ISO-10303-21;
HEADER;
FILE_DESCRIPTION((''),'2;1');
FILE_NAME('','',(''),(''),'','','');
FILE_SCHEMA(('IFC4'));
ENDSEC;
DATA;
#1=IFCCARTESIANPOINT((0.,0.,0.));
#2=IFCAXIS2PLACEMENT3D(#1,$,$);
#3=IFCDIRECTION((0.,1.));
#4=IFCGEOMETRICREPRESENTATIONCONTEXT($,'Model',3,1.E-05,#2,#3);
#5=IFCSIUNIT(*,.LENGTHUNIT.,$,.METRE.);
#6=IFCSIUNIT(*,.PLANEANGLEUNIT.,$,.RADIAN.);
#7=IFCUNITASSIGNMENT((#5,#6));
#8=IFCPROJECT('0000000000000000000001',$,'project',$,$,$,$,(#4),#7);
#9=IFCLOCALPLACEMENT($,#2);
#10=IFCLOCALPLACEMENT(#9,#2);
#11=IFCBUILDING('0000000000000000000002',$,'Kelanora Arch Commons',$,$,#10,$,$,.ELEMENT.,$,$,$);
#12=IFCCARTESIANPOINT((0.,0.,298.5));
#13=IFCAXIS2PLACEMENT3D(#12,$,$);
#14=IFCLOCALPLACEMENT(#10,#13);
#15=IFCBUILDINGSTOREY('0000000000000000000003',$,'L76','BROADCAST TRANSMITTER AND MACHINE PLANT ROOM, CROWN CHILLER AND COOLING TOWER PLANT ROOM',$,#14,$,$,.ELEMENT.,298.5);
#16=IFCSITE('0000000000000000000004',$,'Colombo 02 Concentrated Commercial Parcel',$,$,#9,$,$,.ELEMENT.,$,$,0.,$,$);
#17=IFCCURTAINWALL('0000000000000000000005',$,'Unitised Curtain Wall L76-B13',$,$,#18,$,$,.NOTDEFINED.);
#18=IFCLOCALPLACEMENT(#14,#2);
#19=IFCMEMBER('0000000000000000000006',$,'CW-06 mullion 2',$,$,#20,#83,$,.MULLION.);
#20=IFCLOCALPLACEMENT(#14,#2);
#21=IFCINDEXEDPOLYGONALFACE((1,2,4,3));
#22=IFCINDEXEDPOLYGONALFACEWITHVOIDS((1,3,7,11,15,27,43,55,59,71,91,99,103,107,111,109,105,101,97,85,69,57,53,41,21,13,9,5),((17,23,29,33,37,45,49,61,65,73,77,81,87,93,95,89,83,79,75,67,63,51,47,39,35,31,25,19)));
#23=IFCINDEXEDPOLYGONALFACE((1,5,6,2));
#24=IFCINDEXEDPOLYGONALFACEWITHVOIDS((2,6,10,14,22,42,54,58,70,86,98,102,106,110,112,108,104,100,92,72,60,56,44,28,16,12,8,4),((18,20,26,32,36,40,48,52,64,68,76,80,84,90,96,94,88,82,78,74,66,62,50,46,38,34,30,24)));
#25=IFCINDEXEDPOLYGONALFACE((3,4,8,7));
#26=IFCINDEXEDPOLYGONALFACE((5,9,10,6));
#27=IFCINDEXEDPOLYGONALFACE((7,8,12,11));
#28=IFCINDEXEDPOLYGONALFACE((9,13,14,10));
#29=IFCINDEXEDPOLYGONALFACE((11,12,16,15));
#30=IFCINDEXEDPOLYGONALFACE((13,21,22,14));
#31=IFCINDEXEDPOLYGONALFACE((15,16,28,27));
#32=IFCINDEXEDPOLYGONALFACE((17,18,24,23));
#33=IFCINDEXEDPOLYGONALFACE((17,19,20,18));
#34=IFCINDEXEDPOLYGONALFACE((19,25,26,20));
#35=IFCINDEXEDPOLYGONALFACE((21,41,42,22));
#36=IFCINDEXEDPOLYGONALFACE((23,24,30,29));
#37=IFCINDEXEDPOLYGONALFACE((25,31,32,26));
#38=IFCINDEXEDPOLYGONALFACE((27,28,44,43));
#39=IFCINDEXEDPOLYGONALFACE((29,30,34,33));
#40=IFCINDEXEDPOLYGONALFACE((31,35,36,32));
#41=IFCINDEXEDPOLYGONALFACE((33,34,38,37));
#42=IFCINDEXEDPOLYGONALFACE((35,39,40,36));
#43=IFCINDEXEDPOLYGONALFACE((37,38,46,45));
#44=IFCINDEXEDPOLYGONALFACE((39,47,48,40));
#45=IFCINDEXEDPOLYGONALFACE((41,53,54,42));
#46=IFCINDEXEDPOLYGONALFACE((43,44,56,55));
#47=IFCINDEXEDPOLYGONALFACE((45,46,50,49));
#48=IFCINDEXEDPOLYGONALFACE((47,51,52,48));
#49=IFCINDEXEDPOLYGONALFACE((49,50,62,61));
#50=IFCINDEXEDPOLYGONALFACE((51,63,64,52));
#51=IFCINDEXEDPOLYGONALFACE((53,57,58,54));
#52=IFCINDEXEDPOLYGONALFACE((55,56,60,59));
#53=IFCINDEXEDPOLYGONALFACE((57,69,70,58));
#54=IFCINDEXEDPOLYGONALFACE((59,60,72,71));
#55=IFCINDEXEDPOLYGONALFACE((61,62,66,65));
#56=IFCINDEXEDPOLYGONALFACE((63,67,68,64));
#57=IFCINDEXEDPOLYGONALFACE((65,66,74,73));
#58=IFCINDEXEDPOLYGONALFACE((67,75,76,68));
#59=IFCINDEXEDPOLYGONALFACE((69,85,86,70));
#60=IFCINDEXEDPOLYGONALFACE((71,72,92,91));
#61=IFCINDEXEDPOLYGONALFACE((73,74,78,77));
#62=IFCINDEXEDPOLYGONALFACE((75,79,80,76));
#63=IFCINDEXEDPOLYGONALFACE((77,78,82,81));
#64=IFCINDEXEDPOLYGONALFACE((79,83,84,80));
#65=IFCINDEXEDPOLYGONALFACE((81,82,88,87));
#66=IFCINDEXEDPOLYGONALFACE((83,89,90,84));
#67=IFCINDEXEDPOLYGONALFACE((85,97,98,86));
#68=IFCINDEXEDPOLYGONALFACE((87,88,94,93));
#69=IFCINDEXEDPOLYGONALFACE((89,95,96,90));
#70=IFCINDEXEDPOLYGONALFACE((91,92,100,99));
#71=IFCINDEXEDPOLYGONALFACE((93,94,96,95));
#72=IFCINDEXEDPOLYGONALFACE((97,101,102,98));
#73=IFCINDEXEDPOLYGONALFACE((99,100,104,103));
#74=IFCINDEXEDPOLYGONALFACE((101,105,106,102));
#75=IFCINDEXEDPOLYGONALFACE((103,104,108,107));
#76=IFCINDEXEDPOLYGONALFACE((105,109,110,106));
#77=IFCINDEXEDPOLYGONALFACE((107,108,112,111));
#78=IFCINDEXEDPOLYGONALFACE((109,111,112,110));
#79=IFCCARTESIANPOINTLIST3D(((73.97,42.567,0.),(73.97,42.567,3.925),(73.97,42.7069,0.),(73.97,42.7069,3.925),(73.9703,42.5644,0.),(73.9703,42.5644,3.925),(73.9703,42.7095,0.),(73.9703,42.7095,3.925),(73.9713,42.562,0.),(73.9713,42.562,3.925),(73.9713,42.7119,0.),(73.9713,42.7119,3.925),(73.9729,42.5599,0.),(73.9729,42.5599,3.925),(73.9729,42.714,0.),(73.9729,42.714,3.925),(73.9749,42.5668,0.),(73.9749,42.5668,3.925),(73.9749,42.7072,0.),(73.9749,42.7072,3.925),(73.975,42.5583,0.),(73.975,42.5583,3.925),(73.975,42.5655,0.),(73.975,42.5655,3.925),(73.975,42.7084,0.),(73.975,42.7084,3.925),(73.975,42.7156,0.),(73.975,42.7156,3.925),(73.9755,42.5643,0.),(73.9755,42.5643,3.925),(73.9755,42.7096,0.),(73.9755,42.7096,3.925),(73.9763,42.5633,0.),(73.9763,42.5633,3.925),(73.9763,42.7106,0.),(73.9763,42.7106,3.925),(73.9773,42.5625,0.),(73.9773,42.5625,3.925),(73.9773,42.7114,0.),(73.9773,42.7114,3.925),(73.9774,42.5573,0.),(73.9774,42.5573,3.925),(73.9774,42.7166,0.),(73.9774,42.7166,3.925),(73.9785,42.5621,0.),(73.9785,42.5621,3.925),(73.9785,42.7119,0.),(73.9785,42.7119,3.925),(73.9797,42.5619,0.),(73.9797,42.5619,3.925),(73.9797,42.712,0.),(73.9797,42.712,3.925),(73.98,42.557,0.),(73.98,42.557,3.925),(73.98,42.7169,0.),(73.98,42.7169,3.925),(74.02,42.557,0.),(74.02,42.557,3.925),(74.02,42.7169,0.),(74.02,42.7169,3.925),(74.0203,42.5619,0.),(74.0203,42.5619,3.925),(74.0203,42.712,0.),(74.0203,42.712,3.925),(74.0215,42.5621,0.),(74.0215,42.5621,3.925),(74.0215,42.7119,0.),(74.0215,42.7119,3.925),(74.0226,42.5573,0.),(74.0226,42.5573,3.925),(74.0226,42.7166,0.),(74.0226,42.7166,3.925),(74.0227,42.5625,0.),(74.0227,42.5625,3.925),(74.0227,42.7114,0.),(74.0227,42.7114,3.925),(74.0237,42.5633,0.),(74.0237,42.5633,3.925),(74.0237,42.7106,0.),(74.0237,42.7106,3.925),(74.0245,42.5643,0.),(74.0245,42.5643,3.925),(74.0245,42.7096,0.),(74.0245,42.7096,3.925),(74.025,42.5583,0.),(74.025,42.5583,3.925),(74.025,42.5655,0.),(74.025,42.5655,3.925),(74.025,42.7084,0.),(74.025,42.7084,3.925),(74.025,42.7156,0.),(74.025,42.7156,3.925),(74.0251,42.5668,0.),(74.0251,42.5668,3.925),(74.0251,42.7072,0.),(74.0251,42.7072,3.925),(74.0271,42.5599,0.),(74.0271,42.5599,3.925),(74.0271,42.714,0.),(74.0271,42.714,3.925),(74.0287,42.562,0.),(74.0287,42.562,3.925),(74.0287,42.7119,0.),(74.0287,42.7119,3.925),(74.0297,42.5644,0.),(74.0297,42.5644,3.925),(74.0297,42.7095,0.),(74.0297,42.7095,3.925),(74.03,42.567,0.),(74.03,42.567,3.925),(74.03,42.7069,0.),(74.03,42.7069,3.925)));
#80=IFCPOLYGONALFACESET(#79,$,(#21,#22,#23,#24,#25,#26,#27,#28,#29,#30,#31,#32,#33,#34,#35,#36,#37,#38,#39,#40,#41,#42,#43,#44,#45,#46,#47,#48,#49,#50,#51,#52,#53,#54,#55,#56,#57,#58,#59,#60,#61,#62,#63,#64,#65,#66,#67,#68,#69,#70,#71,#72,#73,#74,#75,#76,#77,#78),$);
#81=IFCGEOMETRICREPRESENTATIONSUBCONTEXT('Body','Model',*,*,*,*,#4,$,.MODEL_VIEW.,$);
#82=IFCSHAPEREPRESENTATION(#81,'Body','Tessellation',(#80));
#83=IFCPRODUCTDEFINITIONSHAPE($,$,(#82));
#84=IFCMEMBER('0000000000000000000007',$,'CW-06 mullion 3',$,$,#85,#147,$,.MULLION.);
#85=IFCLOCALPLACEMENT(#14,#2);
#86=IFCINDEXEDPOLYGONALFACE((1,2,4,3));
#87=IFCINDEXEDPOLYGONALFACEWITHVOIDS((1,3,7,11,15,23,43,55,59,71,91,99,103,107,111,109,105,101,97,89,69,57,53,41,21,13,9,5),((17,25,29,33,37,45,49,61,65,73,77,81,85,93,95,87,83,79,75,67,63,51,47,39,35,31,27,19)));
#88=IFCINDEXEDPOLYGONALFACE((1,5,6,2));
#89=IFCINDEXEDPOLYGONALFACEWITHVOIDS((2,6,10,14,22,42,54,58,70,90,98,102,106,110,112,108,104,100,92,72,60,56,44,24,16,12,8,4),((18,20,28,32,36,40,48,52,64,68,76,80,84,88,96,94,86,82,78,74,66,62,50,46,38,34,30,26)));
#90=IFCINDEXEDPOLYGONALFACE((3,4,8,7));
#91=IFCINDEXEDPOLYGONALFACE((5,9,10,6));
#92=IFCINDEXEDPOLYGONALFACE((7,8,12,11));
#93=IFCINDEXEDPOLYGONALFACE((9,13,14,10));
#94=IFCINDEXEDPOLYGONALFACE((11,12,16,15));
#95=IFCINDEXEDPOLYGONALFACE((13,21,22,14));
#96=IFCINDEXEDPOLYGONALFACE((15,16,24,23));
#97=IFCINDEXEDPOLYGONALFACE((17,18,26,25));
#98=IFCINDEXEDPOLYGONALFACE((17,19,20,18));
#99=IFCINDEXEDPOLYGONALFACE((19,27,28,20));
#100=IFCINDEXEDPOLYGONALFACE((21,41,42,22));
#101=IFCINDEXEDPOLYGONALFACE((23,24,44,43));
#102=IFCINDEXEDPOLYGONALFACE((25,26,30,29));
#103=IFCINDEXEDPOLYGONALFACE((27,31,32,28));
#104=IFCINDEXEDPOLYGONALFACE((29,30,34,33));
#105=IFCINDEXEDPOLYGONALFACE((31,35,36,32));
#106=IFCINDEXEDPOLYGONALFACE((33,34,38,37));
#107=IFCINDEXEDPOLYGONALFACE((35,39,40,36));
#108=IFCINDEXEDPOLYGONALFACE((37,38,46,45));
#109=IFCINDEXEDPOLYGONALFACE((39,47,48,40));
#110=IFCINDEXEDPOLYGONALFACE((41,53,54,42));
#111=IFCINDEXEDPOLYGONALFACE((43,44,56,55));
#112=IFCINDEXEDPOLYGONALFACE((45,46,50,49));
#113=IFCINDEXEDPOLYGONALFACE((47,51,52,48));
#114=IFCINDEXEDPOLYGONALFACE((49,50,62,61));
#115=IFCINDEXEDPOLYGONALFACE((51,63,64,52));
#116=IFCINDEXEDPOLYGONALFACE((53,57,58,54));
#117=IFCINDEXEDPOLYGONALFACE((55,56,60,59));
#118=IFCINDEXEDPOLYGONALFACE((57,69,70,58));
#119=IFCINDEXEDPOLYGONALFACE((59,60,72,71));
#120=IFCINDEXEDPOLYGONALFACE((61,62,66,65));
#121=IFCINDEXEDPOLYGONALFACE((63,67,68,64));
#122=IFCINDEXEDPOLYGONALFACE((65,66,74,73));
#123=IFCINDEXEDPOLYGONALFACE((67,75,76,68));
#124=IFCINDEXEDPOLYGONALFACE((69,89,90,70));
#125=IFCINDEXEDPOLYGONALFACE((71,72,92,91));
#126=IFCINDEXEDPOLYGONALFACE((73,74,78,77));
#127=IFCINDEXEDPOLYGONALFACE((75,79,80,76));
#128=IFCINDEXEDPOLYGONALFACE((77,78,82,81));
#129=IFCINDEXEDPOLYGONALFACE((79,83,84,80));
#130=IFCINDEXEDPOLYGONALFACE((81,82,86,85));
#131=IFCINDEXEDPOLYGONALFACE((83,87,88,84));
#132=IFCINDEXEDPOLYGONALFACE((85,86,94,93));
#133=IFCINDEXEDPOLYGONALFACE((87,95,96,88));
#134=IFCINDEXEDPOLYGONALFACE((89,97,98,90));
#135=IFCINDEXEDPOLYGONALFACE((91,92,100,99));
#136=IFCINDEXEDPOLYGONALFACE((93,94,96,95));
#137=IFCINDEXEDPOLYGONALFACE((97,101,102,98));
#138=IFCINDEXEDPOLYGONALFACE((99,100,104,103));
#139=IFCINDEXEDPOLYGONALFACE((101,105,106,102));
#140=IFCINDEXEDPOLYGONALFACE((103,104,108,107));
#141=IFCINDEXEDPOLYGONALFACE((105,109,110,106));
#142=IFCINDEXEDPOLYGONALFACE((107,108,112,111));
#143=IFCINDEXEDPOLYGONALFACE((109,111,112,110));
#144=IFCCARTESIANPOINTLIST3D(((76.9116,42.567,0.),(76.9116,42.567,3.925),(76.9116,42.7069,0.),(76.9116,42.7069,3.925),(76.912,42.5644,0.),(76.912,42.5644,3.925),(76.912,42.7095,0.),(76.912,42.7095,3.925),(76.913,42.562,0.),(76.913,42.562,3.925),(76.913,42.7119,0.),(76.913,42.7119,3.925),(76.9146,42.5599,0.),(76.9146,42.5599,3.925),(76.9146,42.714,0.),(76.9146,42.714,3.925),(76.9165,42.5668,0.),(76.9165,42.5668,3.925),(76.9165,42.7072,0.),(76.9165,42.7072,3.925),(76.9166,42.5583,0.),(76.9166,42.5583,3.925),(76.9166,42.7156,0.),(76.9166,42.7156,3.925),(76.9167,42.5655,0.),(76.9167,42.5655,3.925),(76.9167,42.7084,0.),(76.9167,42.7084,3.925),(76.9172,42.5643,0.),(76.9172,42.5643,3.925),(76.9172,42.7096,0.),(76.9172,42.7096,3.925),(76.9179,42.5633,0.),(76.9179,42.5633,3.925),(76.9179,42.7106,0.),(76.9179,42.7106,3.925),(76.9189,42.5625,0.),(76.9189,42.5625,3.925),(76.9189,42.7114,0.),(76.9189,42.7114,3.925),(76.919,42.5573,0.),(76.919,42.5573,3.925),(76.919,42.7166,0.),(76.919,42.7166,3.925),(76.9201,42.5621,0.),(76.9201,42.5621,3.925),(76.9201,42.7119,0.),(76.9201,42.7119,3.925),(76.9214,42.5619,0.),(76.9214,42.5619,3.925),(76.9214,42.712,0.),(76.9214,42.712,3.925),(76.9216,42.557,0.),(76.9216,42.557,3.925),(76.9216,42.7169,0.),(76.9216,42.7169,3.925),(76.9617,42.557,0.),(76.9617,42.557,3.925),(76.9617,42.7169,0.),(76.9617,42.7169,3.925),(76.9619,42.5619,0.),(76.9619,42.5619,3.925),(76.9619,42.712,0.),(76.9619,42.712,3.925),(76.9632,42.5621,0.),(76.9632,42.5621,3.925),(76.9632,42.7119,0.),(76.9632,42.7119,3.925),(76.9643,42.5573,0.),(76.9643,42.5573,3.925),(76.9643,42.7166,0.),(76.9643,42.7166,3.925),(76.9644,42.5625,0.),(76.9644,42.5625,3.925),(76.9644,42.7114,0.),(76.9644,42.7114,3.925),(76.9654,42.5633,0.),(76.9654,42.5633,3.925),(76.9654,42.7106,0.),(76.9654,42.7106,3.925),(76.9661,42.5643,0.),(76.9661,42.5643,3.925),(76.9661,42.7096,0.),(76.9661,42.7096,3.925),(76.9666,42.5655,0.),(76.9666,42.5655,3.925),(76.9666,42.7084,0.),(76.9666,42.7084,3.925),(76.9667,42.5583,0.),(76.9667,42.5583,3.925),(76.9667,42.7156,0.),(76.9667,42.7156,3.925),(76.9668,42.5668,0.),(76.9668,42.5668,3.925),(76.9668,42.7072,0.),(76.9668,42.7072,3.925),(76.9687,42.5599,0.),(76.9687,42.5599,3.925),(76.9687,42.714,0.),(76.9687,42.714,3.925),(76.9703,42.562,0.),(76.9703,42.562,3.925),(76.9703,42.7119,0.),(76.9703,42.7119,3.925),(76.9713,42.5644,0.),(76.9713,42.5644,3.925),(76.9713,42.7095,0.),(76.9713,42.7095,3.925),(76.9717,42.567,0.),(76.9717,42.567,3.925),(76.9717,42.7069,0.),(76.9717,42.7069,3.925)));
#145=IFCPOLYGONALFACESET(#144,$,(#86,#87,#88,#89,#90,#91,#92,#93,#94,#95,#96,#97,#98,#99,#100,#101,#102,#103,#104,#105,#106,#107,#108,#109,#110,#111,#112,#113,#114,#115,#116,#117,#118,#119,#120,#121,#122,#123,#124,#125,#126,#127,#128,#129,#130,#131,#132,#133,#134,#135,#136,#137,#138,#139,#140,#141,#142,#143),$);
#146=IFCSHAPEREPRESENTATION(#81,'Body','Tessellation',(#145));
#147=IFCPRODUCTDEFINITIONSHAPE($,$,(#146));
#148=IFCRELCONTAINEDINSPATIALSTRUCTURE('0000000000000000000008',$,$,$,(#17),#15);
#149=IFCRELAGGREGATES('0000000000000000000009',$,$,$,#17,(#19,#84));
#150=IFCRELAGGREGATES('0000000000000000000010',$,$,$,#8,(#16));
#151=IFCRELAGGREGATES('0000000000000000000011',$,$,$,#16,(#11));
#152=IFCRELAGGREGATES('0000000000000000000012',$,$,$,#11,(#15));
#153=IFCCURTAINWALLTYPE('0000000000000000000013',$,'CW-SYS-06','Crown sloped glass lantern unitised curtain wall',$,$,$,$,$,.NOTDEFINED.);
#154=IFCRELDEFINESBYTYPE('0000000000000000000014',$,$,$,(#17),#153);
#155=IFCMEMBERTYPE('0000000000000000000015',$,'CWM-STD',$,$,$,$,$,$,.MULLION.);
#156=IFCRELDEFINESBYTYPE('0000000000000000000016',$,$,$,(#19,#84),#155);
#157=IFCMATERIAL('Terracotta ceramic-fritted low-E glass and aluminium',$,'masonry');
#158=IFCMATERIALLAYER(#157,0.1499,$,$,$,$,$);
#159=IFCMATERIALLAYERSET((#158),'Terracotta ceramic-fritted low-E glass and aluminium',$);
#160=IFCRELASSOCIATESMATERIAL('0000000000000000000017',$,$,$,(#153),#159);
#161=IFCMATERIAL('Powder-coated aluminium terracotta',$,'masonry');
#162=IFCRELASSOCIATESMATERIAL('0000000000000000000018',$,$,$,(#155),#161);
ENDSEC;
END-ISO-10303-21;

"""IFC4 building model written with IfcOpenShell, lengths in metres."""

from ifc_helpers import new_model, si_unit, direction, frame, origin, origin_2d, place, context, subcontext, project, spatial, hollow_rectangle, extrude, material, layer, layer_set, material_profile, profile_set, type_object, element, aggregate, save


model = new_model("IFC4")

# Units and contexts
model_context = context("Model", 3, precision=1e-05, world=origin(), true_north=direction((0.0, 1.0)))
body_context = subcontext(model_context, "Body", "Model", "MODEL_VIEW")
ifc_project = project(units=[si_unit("LENGTHUNIT", "METRE"), si_unit("PLANEANGLEUNIT", "RADIAN")], contexts=[model_context])

# Site, building, storey
site_placement = place(None, origin())
site = spatial("IfcSite", under=ifc_project, at=site_placement, Name="Colombo 02 Concentrated Commercial Parcel", CompositionType="ELEMENT", RefElevation=0.0)
building_placement = place(site_placement, origin())
building = spatial("IfcBuilding", under=site, at=building_placement, Name="Kelanora Arch Commons", CompositionType="ELEMENT")
storey_placement = place(building_placement, frame((0.0, 0.0, 298.5)))
storey = spatial("IfcBuildingStorey", under=building, at=storey_placement, Name="L76", Description="BROADCAST TRANSMITTER AND MACHINE PLANT ROOM, CROWN CHILLER AND COOLING TOWER PLANT ROOM", CompositionType="ELEMENT", Elevation=298.5)

# Curtain wall, members
ifc_material_1 = material(Name="Terracotta ceramic-fritted low-E glass and aluminium", Category="masonry")
ifc_layer_1 = layer(ifc_material_1, 0.1499)
ifc_layer_set_1 = layer_set([ifc_layer_1], Name="Terracotta ceramic-fritted low-E glass and aluminium")
curtain_wall_type = type_object("IfcCurtainWallType", Name="CW-SYS-06", Description="Crown sloped glass lantern unitised curtain wall", PredefinedType="NOTDEFINED", material=ifc_layer_set_1)
curtain_wall_1_placement = place(storey_placement, origin())
curtain_wall_1 = element("IfcCurtainWall", 1, at=curtain_wall_1_placement, inside=storey, type_object=curtain_wall_type, Name="Unitised Curtain Wall L76-B13", PredefinedType="NOTDEFINED")
ifc_material_2 = material(Name="Powder-coated aluminium terracotta", Category="masonry")
ifc_material_profile_1 = material_profile(ifc_material_2, hollow_rectangle(XDim=0.1599, YDim=0.0601, WallThickness=0.0049, InnerFilletRadius=0.0049, OuterFilletRadius=0.01, at=origin_2d()), Name="CWM160x60")
ifc_profile_set_1 = profile_set([ifc_material_profile_1], Name="Powder-coated aluminium terracotta")
member_type_1 = type_object("IfcMemberType", Name="CWM-STD", PredefinedType="MULLION", material=ifc_profile_set_1)
member_1_placement = place(storey_placement, frame((74.0, 42.637, 0.0), z_axis=(0.0, 0.0, 1.0), x_axis=(0.0, 1.0, 0.0)))
member_1 = element("IfcMember", 2, at=member_1_placement, type_object=member_type_1, Name="CW-06 mullion 2", PredefinedType="MULLION", context=body_context, shape_type="SweptSolid", body=[
    extrude(hollow_rectangle(XDim=0.1599, YDim=0.0601, WallThickness=0.0049, InnerFilletRadius=0.0049, OuterFilletRadius=0.01, at=origin_2d()), origin(), (0.0, 0.0, 1.0), 3.925),
])
member_2_placement = place(storey_placement, frame((76.9417, 42.637, 0.0), z_axis=(0.0, 0.0, 1.0), x_axis=(0.0, 1.0, 0.0)))
member_2 = element("IfcMember", 3, at=member_2_placement, type_object=member_type_1, Name="CW-06 mullion 3", PredefinedType="MULLION", context=body_context, shape_type="SweptSolid", body=[
    extrude(hollow_rectangle(XDim=0.1599, YDim=0.0601, WallThickness=0.0049, InnerFilletRadius=0.0049, OuterFilletRadius=0.01, at=origin_2d()), origin(), (0.0, 0.0, 1.0), 3.925),
])

aggregate(curtain_wall_1, [member_1, member_2])

save(model, "model.ifc")
